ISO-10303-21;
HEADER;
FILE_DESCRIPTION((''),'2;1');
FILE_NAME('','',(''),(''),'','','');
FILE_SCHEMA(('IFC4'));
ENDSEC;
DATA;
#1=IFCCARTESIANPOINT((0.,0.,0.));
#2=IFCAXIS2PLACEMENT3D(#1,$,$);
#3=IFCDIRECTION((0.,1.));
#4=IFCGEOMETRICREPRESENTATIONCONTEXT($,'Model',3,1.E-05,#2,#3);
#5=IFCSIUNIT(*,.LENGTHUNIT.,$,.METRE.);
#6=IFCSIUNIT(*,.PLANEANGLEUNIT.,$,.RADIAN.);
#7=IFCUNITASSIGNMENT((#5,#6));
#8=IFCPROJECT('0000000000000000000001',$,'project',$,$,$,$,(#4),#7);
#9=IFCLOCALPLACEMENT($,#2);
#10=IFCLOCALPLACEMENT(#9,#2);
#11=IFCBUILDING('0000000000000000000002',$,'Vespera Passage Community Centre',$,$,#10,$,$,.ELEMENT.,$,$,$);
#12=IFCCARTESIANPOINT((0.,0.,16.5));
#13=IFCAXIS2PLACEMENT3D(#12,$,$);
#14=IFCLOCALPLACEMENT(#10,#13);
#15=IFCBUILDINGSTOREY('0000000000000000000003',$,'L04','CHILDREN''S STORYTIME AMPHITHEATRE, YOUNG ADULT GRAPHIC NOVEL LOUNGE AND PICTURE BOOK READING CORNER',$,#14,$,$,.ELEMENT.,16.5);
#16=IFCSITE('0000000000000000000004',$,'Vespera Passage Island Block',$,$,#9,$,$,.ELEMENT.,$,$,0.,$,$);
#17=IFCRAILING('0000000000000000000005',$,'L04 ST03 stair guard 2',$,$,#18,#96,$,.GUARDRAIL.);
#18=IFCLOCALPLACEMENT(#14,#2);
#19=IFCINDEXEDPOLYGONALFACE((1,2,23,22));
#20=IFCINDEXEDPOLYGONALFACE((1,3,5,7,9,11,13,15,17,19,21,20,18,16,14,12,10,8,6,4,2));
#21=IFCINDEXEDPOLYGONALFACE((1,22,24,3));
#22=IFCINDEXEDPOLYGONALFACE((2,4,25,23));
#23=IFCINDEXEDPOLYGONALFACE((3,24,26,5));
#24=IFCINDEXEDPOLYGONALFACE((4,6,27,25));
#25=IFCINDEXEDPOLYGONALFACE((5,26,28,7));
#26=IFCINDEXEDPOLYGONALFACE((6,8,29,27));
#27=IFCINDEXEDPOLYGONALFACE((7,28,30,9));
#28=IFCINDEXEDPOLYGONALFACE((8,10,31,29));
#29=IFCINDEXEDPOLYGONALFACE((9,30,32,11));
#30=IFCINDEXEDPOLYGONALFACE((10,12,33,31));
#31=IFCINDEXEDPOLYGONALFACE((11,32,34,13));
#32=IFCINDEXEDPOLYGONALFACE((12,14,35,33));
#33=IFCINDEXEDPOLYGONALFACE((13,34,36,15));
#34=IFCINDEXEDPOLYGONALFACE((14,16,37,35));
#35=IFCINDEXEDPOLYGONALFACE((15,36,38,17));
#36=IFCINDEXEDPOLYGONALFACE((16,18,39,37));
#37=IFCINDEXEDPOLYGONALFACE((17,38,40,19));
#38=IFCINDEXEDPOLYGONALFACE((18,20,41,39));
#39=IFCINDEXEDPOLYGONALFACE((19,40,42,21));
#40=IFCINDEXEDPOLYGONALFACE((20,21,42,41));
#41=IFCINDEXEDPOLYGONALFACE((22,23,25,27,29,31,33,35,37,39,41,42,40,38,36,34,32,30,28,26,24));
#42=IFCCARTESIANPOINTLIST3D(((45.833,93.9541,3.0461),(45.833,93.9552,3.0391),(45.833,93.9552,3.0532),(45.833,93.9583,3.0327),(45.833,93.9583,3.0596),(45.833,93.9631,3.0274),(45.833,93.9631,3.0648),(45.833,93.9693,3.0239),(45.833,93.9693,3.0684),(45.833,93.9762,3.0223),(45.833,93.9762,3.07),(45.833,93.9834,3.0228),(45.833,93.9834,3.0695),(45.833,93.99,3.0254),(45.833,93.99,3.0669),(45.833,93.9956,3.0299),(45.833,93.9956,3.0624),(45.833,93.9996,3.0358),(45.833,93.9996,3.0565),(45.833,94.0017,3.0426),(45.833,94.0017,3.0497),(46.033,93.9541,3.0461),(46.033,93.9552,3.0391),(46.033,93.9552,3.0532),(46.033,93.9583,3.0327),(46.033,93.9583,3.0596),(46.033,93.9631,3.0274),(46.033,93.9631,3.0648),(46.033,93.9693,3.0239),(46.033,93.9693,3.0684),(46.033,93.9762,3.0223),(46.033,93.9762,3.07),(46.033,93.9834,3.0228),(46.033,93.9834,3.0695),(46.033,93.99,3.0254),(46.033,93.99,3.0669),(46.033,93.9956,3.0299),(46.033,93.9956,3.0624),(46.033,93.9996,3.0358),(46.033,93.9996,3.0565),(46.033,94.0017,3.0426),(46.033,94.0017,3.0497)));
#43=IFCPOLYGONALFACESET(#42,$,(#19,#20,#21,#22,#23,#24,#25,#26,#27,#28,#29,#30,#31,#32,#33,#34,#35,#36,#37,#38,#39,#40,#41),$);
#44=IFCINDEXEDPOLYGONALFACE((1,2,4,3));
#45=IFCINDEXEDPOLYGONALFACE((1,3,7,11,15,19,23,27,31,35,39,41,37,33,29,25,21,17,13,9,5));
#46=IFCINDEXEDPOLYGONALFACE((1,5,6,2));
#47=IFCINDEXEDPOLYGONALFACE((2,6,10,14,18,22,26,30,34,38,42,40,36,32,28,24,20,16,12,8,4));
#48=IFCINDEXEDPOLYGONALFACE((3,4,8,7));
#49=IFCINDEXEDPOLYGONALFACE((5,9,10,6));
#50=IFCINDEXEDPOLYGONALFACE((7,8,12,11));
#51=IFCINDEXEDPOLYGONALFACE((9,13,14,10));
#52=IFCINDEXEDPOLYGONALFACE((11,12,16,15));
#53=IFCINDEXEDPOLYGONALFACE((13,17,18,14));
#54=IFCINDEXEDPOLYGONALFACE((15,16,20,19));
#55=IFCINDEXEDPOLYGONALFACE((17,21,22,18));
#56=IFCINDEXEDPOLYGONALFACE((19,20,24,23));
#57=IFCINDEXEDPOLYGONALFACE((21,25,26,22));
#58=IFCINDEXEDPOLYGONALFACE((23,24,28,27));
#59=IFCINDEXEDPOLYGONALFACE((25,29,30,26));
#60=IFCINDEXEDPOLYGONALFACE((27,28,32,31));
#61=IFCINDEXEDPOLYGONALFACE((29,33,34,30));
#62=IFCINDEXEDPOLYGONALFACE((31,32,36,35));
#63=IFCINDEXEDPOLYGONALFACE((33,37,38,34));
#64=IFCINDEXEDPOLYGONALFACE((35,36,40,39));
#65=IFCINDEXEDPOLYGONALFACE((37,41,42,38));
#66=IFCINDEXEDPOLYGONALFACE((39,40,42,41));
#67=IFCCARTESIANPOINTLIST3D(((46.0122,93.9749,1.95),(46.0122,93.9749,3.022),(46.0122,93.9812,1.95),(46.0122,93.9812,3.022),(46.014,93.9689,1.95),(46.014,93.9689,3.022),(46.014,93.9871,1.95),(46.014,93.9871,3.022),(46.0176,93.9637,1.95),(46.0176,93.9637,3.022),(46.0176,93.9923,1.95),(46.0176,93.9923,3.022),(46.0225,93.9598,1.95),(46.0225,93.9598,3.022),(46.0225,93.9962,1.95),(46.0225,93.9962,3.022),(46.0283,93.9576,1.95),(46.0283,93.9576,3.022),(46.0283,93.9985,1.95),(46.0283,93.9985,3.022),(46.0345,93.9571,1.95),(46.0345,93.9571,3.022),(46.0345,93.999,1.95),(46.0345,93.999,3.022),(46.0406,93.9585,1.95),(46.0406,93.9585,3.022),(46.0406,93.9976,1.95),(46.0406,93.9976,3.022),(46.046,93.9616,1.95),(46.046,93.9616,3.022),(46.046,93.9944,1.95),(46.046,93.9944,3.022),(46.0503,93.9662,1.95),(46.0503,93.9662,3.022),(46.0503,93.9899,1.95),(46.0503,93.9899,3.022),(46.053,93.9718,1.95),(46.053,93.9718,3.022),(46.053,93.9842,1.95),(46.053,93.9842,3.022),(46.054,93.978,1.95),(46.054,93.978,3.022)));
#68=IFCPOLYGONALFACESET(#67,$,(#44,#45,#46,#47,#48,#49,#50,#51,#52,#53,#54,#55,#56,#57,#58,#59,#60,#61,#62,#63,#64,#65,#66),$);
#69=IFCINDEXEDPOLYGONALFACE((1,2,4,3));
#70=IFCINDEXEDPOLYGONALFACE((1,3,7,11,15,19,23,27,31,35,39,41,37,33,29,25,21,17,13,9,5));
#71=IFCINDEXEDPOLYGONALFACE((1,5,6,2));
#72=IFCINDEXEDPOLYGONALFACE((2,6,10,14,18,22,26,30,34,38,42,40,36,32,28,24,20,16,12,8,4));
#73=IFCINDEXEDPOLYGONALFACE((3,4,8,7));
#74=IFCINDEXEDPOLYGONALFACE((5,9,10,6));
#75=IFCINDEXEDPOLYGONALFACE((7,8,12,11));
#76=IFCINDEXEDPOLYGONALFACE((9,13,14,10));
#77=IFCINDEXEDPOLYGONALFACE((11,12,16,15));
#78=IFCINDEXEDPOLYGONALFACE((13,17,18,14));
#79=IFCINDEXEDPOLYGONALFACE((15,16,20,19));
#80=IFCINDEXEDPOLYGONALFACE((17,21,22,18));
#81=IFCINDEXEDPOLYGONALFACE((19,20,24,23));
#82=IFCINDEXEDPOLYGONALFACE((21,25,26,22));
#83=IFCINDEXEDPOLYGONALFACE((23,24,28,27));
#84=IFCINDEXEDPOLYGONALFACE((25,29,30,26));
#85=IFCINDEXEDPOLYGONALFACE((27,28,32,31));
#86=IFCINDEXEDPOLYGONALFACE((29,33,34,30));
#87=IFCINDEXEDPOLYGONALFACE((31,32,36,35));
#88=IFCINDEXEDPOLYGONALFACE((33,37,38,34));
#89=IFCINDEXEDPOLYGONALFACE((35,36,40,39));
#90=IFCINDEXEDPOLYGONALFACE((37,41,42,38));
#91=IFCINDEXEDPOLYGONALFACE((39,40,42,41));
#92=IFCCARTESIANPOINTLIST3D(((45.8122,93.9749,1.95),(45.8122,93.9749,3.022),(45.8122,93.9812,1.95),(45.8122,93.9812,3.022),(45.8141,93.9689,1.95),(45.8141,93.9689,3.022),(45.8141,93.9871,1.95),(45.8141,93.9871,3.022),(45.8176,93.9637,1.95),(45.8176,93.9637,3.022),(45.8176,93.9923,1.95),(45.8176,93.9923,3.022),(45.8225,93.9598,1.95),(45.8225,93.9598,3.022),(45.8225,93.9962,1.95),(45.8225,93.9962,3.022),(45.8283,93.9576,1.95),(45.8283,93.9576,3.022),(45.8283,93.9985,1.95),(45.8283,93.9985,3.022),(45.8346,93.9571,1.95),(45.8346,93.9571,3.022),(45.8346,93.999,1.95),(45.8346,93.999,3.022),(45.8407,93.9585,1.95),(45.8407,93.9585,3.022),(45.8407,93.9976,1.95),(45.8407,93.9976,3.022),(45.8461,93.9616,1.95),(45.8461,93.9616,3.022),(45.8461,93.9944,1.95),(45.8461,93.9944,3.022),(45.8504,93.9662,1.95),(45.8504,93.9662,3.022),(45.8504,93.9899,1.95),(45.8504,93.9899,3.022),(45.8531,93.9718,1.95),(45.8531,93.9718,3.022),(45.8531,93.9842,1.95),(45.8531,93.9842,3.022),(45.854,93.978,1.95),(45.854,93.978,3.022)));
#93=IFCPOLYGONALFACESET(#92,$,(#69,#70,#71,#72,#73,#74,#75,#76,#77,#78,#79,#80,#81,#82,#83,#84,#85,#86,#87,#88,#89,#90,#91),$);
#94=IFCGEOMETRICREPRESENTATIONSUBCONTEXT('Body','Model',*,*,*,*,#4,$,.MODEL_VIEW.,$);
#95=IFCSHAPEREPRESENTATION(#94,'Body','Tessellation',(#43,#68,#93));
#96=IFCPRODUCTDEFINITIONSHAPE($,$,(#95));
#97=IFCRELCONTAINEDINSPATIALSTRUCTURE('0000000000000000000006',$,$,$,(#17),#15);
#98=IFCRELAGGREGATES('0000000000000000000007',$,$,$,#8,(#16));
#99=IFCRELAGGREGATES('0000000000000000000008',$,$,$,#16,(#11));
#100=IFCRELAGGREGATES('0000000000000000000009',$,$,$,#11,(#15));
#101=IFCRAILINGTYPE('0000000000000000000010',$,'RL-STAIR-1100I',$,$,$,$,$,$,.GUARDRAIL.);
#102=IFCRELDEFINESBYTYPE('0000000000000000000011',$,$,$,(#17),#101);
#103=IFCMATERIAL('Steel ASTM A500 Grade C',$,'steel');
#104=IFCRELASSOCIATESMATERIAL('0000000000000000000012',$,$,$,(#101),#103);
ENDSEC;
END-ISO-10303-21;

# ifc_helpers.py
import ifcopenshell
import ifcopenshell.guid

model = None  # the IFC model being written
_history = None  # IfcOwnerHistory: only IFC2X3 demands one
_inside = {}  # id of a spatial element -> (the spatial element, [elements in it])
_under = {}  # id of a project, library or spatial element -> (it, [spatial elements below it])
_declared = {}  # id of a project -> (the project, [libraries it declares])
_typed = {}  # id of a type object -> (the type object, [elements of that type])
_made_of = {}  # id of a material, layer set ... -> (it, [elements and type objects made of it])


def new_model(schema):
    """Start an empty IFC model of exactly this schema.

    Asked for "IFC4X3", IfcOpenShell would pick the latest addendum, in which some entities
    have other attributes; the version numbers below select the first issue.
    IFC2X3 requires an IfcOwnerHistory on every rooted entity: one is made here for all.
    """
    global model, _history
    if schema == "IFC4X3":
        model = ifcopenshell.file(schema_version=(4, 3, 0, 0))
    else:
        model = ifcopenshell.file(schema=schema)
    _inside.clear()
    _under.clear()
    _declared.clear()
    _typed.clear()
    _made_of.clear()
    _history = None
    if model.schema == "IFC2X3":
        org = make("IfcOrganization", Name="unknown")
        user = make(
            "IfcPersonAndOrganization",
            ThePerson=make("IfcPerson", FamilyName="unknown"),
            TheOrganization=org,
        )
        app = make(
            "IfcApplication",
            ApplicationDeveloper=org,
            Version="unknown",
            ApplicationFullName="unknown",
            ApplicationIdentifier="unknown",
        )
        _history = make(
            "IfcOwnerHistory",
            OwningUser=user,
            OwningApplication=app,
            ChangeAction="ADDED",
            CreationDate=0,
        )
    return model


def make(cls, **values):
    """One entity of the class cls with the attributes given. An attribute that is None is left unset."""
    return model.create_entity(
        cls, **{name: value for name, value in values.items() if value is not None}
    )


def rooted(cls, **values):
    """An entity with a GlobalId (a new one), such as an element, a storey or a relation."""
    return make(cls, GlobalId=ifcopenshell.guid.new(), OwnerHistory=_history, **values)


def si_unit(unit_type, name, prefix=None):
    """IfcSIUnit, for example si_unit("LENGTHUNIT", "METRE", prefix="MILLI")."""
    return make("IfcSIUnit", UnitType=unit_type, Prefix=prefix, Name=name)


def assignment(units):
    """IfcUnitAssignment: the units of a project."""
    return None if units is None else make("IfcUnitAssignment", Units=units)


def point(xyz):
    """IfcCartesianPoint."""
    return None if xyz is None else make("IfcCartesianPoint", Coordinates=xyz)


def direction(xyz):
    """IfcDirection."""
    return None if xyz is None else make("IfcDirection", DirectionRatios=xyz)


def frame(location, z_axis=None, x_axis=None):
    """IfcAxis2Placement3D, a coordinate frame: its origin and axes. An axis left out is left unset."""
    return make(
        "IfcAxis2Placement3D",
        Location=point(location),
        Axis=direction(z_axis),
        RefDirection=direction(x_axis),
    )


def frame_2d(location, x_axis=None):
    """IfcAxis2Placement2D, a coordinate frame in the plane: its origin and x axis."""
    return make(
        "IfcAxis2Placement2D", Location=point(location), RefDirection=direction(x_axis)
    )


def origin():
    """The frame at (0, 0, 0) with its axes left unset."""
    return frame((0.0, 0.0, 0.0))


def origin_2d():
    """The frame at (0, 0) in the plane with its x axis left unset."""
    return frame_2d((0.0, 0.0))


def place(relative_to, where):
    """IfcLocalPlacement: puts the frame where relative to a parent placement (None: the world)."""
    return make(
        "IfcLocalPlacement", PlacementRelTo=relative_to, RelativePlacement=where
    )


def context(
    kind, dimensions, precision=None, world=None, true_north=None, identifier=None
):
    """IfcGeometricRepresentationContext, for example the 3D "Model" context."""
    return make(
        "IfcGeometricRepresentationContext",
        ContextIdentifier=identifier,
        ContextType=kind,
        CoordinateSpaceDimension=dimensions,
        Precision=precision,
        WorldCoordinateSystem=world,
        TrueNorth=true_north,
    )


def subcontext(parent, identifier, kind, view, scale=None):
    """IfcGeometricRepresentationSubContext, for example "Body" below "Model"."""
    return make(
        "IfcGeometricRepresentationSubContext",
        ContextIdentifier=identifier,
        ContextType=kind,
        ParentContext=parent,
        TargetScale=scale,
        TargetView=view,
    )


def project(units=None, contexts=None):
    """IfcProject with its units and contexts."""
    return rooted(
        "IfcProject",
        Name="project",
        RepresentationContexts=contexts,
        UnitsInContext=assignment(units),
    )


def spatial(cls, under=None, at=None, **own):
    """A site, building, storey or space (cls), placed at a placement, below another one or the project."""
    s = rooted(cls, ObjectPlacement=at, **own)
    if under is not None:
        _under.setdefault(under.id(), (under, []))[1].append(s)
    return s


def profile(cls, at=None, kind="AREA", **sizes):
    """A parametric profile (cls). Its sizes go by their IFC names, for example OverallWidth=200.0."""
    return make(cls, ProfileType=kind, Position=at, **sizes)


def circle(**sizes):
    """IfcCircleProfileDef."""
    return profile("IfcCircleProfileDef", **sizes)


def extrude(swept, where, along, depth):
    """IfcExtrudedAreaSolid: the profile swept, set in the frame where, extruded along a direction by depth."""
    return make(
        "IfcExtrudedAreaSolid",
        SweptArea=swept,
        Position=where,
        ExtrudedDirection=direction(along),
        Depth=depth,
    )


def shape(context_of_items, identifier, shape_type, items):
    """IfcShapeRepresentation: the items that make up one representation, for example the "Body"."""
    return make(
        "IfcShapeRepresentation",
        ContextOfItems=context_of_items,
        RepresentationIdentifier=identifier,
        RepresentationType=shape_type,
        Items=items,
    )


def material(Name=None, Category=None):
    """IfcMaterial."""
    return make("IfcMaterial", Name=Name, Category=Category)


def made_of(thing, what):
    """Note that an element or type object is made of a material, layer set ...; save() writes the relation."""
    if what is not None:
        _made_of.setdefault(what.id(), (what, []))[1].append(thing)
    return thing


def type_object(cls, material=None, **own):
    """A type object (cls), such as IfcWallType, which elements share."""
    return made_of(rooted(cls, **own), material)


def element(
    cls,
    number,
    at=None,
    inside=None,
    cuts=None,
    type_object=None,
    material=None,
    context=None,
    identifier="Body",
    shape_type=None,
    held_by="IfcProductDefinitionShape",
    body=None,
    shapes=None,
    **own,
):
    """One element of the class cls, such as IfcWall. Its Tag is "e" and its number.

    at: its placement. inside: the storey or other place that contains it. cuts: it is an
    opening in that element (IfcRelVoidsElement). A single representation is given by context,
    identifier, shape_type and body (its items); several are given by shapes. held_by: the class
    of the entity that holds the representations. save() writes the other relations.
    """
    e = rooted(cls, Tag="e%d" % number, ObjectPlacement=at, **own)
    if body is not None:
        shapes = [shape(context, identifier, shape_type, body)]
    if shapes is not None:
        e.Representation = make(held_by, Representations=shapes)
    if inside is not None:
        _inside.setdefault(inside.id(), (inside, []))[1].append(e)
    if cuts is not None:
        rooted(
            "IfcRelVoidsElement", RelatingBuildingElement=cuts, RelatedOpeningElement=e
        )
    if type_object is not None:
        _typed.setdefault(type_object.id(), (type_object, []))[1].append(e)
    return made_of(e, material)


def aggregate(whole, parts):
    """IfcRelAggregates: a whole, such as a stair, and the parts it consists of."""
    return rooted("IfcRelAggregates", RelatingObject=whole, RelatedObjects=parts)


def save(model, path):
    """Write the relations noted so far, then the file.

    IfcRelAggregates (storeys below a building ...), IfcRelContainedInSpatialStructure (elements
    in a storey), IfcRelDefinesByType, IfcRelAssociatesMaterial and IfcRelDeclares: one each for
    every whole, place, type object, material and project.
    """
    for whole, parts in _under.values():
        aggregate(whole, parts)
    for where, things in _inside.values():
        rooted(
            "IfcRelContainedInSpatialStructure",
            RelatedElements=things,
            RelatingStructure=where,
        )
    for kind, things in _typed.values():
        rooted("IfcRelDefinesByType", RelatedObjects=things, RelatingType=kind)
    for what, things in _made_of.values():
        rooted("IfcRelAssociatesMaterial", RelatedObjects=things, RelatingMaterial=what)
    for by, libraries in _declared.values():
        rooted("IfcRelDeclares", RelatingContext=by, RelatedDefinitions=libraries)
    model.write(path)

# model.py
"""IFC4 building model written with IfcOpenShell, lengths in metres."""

from ifc_helpers import new_model, si_unit, direction, frame, origin, origin_2d, place, context, subcontext, project, spatial, circle, extrude, material, type_object, element, save


model = new_model("IFC4")

# Units and contexts
model_context = context("Model", 3, precision=1e-05, world=origin(), true_north=direction((0.0, 1.0)))
body_context = subcontext(model_context, "Body", "Model", "MODEL_VIEW")
ifc_project = project(units=[si_unit("LENGTHUNIT", "METRE"), si_unit("PLANEANGLEUNIT", "RADIAN")], contexts=[model_context])

# Site, building, storey
site_placement = place(None, origin())
site = spatial("IfcSite", under=ifc_project, at=site_placement, Name="Vespera Passage Island Block", CompositionType="ELEMENT", RefElevation=0.0)
building_placement = place(site_placement, origin())
building = spatial("IfcBuilding", under=site, at=building_placement, Name="Vespera Passage Community Centre", CompositionType="ELEMENT")
storey_placement = place(building_placement, frame((0.0, 0.0, 16.5)))
storey = spatial("IfcBuildingStorey", under=building, at=storey_placement, Name="L04", Description="CHILDREN'S STORYTIME AMPHITHEATRE, YOUNG ADULT GRAPHIC NOVEL LOUNGE AND PICTURE BOOK READING CORNER", CompositionType="ELEMENT", Elevation=16.5)

# Railing
ifc_material_1 = material(Name="Steel ASTM A500 Grade C", Category="steel")
railing_type_1 = type_object("IfcRailingType", Name="RL-STAIR-1100I", PredefinedType="GUARDRAIL", material=ifc_material_1)
railing_1_placement = place(storey_placement, frame((46.033, 93.978, 1.95)))
element("IfcRailing", 1, at=railing_1_placement, inside=storey, type_object=railing_type_1, Name="L04 ST03 stair guard 2", PredefinedType="GUARDRAIL", context=body_context, shape_type="SweptSolid", body=[
    extrude(circle(Radius=0.0239, at=origin_2d()), frame((0.0, 0.0, 1.0962), z_axis=(-1.0, 0.0, 0.0), x_axis=(0.0, -1.0, 0.0)), (0.0, 0.0, 1.0), 0.2),
    extrude(circle(Radius=0.021, at=origin_2d()), origin(), (0.0, 0.0, 1.0), 1.072),
    extrude(circle(Radius=0.021, at=origin_2d()), frame((-0.2, 0.0, 0.0)), (0.0, 0.0, 1.0), 1.072),
])

save(model, "model.ifc")
